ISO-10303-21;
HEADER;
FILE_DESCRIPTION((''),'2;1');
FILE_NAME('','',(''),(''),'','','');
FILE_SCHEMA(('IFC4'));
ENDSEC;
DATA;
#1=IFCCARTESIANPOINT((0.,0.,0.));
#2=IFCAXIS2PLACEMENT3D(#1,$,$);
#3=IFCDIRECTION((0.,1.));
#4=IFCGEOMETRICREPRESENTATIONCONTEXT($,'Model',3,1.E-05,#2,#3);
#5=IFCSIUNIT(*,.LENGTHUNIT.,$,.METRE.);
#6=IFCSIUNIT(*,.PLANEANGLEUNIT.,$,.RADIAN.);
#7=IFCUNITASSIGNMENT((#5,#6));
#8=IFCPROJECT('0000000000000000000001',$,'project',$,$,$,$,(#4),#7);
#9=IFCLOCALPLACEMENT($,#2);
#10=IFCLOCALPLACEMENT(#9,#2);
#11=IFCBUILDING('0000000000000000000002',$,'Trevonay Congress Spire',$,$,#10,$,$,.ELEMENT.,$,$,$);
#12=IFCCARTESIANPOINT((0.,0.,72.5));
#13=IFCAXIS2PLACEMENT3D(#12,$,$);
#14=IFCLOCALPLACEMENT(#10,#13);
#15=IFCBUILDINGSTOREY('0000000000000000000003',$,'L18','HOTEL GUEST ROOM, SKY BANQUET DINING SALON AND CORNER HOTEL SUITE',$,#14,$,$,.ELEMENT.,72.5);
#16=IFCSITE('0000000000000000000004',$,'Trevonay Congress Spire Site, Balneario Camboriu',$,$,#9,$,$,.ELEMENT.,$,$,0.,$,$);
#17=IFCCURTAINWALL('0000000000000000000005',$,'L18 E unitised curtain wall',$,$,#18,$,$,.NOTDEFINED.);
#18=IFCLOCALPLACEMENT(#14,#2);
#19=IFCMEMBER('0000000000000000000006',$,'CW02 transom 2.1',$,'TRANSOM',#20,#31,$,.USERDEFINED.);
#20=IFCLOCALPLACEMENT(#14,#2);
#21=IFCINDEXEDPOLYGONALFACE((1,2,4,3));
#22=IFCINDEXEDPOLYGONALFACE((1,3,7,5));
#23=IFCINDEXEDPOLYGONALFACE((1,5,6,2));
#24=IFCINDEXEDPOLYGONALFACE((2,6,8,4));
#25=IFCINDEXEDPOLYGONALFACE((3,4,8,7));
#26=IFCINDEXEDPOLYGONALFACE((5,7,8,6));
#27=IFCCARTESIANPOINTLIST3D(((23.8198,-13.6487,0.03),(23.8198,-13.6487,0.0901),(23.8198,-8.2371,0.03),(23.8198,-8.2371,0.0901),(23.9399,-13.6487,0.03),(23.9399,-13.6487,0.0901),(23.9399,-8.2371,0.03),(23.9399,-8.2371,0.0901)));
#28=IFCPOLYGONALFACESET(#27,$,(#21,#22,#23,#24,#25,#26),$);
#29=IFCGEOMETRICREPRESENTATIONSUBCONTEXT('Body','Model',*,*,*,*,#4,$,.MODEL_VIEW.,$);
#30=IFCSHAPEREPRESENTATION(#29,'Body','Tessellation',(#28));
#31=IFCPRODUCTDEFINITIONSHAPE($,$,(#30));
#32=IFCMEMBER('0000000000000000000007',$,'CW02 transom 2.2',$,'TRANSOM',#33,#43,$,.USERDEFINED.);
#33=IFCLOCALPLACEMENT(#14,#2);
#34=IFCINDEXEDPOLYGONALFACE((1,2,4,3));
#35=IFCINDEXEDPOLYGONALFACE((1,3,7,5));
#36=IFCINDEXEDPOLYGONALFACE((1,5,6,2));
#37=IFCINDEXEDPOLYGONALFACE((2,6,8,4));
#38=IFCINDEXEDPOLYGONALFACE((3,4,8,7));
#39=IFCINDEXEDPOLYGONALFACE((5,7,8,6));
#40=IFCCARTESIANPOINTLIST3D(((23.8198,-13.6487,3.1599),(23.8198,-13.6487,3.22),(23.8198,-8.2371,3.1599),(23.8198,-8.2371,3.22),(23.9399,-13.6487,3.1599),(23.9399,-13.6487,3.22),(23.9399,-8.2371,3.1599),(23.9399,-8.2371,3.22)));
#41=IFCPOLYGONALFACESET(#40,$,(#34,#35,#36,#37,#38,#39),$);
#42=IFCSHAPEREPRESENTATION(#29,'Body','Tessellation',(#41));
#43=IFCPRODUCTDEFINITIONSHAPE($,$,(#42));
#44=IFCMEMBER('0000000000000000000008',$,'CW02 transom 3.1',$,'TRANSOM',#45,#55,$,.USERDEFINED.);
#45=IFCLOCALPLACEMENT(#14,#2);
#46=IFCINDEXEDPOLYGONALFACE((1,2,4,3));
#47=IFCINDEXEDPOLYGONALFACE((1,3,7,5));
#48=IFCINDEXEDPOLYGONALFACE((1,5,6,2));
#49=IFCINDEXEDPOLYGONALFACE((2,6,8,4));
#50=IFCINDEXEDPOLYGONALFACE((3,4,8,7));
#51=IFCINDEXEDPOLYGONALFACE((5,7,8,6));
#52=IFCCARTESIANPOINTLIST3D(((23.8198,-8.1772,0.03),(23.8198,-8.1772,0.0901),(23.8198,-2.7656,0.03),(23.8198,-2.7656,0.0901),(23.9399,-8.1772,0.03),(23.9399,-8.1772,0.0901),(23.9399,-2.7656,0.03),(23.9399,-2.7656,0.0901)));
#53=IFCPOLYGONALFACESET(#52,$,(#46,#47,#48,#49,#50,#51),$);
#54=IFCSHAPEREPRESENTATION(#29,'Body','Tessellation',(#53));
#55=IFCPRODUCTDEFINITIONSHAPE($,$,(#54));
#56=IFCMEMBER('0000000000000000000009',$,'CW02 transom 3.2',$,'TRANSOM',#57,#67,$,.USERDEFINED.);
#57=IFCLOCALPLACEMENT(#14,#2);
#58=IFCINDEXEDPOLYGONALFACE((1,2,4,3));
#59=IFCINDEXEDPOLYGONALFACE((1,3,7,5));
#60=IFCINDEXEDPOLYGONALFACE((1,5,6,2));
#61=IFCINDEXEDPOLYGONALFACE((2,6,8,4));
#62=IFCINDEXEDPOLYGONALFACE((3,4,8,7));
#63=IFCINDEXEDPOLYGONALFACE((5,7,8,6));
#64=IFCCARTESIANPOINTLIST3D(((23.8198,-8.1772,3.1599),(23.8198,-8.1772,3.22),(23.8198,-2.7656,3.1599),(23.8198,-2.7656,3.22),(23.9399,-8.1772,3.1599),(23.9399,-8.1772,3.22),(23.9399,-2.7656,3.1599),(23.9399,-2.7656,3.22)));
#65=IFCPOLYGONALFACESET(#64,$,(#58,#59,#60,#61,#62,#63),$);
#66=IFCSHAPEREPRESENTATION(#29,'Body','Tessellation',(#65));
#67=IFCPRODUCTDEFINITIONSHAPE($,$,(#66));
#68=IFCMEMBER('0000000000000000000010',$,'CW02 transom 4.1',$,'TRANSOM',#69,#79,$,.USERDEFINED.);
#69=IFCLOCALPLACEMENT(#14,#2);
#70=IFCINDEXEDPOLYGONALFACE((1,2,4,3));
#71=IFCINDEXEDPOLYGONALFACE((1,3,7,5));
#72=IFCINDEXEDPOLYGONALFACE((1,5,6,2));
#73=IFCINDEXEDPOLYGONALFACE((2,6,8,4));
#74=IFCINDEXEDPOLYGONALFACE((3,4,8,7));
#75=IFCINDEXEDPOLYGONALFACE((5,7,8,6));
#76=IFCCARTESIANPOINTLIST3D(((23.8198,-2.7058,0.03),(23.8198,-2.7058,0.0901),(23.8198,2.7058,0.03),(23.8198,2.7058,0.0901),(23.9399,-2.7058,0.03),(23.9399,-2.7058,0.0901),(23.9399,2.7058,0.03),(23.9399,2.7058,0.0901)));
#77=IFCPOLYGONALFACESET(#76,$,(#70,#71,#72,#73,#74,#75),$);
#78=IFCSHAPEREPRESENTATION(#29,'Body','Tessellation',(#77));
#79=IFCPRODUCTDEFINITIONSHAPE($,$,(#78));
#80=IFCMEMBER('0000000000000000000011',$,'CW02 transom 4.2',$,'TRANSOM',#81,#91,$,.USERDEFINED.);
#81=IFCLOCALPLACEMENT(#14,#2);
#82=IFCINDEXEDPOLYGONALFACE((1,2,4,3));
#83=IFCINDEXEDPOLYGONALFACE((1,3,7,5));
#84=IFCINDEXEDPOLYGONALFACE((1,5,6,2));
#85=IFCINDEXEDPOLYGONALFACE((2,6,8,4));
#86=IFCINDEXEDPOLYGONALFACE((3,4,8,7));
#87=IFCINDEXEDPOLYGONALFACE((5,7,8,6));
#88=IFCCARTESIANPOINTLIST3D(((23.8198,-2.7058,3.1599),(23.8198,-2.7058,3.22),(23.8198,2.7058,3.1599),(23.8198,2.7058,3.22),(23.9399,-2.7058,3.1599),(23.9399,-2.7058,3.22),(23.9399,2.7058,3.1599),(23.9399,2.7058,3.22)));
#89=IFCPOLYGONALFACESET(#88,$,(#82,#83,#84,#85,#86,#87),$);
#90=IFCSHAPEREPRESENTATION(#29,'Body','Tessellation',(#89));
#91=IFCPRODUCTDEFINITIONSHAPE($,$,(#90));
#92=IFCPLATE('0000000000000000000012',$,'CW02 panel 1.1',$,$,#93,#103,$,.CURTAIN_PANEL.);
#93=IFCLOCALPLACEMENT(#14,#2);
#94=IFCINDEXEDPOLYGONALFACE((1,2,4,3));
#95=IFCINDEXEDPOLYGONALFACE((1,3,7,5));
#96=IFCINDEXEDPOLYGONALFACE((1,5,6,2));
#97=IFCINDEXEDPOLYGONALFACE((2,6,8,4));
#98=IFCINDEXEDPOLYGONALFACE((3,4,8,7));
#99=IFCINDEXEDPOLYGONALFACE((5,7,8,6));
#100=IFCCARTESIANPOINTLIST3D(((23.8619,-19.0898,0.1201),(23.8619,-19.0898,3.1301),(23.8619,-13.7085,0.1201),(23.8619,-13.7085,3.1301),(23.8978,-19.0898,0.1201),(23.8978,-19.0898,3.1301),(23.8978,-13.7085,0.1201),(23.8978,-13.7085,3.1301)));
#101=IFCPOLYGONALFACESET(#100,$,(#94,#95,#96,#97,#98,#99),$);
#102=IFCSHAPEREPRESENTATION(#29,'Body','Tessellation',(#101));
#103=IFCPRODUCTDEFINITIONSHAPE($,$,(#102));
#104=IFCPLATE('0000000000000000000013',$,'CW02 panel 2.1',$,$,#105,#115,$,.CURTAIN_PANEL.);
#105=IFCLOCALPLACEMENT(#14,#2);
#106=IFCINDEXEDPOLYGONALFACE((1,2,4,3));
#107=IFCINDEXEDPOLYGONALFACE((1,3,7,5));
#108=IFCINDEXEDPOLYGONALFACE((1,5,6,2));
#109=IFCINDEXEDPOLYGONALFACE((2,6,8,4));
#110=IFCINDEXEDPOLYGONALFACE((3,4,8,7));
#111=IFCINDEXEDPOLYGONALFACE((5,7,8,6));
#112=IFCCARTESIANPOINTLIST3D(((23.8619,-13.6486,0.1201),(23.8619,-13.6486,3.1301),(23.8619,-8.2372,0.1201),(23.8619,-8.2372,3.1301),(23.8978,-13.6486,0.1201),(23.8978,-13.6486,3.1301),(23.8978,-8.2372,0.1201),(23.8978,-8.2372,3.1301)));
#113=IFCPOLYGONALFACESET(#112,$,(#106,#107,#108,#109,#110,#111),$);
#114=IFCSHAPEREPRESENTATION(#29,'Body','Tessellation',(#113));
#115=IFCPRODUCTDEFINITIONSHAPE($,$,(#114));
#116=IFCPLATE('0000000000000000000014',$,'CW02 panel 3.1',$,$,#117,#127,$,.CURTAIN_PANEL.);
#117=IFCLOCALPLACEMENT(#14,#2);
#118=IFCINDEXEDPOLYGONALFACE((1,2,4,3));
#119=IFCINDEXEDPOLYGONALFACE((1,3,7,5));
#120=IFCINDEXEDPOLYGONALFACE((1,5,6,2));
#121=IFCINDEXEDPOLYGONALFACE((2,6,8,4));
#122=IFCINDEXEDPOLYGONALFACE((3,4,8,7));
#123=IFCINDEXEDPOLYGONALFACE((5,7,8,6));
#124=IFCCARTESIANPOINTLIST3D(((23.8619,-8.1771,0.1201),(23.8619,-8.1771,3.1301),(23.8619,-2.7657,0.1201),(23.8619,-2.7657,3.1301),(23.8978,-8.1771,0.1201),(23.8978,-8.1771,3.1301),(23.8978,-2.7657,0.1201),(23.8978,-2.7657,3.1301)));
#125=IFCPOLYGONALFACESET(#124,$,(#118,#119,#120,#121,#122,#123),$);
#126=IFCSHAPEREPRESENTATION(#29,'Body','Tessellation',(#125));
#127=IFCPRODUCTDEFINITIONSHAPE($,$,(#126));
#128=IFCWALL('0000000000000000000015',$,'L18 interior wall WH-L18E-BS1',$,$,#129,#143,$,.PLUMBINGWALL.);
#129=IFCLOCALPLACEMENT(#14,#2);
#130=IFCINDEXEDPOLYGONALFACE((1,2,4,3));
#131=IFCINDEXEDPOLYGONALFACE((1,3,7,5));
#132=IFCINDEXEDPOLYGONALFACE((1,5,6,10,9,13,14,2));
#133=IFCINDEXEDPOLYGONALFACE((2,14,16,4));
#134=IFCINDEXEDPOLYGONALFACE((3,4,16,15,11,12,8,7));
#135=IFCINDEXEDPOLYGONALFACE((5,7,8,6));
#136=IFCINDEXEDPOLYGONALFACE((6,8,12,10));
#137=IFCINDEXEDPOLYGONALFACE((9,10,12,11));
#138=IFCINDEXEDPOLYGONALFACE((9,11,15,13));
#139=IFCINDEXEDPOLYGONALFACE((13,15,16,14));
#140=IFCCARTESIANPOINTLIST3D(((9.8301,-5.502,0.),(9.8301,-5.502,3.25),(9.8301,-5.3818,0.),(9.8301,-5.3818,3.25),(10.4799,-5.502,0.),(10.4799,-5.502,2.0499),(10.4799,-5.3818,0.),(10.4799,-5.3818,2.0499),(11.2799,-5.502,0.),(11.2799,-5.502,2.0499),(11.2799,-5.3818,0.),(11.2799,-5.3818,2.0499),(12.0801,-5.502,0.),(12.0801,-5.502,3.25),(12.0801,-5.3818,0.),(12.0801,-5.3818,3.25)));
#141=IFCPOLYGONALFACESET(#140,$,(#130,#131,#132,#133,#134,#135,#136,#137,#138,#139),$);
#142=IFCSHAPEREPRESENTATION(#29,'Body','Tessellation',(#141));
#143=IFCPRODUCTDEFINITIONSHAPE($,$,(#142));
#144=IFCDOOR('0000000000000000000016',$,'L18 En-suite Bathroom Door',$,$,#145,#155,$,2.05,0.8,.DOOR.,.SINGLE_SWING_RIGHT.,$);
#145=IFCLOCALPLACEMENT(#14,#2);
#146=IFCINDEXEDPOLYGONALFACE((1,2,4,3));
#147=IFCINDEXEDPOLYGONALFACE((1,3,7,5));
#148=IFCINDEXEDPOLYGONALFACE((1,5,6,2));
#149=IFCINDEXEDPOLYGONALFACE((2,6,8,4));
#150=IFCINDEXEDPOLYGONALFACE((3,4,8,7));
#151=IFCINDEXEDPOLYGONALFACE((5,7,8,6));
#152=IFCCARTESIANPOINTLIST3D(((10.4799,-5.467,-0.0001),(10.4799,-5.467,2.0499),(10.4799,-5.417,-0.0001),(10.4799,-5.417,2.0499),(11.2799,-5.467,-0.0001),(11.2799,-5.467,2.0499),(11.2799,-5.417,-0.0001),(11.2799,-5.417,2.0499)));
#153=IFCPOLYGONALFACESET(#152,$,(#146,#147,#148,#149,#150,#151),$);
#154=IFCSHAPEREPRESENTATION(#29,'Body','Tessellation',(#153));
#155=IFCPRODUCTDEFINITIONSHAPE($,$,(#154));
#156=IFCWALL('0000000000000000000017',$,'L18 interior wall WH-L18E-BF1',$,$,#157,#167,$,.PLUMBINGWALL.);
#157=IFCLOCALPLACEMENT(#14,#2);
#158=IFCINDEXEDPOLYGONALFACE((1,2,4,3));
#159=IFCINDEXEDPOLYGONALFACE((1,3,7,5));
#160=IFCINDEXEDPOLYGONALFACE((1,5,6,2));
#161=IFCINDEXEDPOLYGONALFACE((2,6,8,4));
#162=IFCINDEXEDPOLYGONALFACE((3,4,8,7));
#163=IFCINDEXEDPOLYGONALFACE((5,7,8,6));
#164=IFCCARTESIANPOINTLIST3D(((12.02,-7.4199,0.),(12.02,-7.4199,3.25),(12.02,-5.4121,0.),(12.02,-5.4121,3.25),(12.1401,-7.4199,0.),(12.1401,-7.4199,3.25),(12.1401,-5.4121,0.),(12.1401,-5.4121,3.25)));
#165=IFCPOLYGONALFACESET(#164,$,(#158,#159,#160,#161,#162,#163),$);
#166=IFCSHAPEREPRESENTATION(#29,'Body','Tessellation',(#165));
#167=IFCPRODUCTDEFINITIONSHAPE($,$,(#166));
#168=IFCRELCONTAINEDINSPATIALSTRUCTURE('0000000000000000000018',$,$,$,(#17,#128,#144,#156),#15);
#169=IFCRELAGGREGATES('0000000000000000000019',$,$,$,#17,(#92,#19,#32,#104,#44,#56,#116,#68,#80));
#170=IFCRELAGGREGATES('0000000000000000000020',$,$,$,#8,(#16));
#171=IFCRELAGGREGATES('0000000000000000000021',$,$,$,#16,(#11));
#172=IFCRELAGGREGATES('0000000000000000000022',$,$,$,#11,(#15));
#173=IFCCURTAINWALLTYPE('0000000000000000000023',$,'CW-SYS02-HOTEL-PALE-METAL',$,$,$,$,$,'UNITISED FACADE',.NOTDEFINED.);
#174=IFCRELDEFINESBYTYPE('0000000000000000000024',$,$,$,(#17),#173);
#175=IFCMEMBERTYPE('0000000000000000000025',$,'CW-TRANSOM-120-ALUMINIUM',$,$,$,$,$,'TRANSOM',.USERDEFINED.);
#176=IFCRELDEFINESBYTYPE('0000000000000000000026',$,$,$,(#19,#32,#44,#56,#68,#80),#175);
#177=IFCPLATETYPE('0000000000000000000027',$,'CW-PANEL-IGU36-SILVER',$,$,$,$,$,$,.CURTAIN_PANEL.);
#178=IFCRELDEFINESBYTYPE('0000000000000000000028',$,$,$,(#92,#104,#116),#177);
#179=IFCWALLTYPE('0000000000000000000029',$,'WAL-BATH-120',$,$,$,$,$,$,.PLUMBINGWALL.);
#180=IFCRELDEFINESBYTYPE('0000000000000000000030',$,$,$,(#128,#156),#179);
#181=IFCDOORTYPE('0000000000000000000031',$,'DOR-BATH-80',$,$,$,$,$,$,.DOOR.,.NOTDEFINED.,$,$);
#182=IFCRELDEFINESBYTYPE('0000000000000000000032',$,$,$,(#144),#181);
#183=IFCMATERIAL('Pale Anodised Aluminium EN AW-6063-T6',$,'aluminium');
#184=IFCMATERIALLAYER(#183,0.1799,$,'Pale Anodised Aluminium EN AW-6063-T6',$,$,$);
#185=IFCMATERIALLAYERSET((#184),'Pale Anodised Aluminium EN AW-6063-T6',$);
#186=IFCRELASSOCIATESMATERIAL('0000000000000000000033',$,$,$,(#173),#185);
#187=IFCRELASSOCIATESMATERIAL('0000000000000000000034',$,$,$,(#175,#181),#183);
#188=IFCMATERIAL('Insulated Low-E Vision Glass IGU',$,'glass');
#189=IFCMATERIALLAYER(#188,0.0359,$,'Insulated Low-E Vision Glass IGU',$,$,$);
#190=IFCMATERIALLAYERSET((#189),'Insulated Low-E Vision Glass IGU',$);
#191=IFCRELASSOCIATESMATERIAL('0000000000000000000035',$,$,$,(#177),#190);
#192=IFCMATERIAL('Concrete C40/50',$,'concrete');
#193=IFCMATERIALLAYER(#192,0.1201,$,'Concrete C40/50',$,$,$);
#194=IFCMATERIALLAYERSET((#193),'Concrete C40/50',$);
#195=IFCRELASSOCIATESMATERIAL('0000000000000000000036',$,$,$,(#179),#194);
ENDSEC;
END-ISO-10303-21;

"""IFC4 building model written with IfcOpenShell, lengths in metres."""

from ifc_helpers import new_model, si_unit, direction, frame, frame_2d, origin, origin_2d, place, context, subcontext, project, spatial, rectangle, extrude, material, layer, layer_set, material_profile, profile_set, type_object, element, fill, aggregate, save


model = new_model("IFC4")

# Units and contexts
model_context = context("Model", 3, precision=1e-05, world=origin(), true_north=direction((0.0, 1.0)))
body_context = subcontext(model_context, "Body", "Model", "MODEL_VIEW")
ifc_project = project(units=[si_unit("LENGTHUNIT", "METRE"), si_unit("PLANEANGLEUNIT", "RADIAN")], contexts=[model_context])

# Site, building, storey
site_placement = place(None, origin())
site = spatial("IfcSite", under=ifc_project, at=site_placement, Name="Trevonay Congress Spire Site, Balneario Camboriu", CompositionType="ELEMENT", RefElevation=0.0)
building_placement = place(site_placement, origin())
building = spatial("IfcBuilding", under=site, at=building_placement, Name="Trevonay Congress Spire", CompositionType="ELEMENT")
storey_placement = place(building_placement, frame((0.0, 0.0, 72.5)))
storey = spatial("IfcBuildingStorey", under=building, at=storey_placement, Name="L18", Description="HOTEL GUEST ROOM, SKY BANQUET DINING SALON AND CORNER HOTEL SUITE", CompositionType="ELEMENT", Elevation=72.5)

# Curtain wall, members, plates
ifc_material_1 = material(Name="Pale Anodised Aluminium EN AW-6063-T6", Category="aluminium")
ifc_layer_1 = layer(ifc_material_1, 0.1799, Name="Pale Anodised Aluminium EN AW-6063-T6")
ifc_layer_set_1 = layer_set([ifc_layer_1], Name="Pale Anodised Aluminium EN AW-6063-T6")
curtain_wall_type = type_object("IfcCurtainWallType", Name="CW-SYS02-HOTEL-PALE-METAL", ElementType="UNITISED FACADE", PredefinedType="NOTDEFINED", material=ifc_layer_set_1)
curtain_wall_placement = place(storey_placement, origin())
curtain_wall = element("IfcCurtainWall", 1, at=curtain_wall_placement, inside=storey, type_object=curtain_wall_type, Name="L18 E unitised curtain wall", PredefinedType="NOTDEFINED")
ifc_material_profile_1 = material_profile(ifc_material_1, rectangle(XDim=0.1201, YDim=0.0601, at=origin_2d()), Name="CW-TRANSOM-120-ALUMINIUM")
ifc_profile_set_1 = profile_set([ifc_material_profile_1], Name="Pale Anodised Aluminium EN AW-6063-T6")
member_type_1 = type_object("IfcMemberType", Name="CW-TRANSOM-120-ALUMINIUM", ElementType="TRANSOM", PredefinedType="USERDEFINED", material=ifc_profile_set_1)
member_1_placement = place(storey_placement, frame((23.8799, -13.6487, 0.0601), z_axis=(0.0, 1.0, 0.0), x_axis=(-1.0, 0.0, 0.0)))
member_1 = element("IfcMember", 2, at=member_1_placement, type_object=member_type_1, Name="CW02 transom 2.1", ObjectType="TRANSOM", PredefinedType="USERDEFINED", context=body_context, shape_type="SweptSolid", body=[
    extrude(rectangle(XDim=0.1201, YDim=0.0601, at=origin_2d()), origin(), (0.0, 0.0, 1.0), 5.4116),
])
member_2_placement = place(storey_placement, frame((23.8799, -13.6487, 3.1899), z_axis=(0.0, 1.0, 0.0), x_axis=(-1.0, 0.0, 0.0)))
member_2 = element("IfcMember", 3, at=member_2_placement, type_object=member_type_1, Name="CW02 transom 2.2", ObjectType="TRANSOM", PredefinedType="USERDEFINED", context=body_context, shape_type="SweptSolid", body=[
    extrude(rectangle(XDim=0.1201, YDim=0.0601, at=origin_2d()), origin(), (0.0, 0.0, 1.0), 5.4116),
])
member_3_placement = place(storey_placement, frame((23.8799, -8.1772, 0.0601), z_axis=(0.0, 1.0, 0.0), x_axis=(-1.0, 0.0, 0.0)))
member_3 = element("IfcMember", 4, at=member_3_placement, type_object=member_type_1, Name="CW02 transom 3.1", ObjectType="TRANSOM", PredefinedType="USERDEFINED", context=body_context, shape_type="SweptSolid", body=[
    extrude(rectangle(XDim=0.1201, YDim=0.0601, at=origin_2d()), origin(), (0.0, 0.0, 1.0), 5.4116),
])
member_4_placement = place(storey_placement, frame((23.8799, -8.1772, 3.1899), z_axis=(0.0, 1.0, 0.0), x_axis=(-1.0, 0.0, 0.0)))
member_4 = element("IfcMember", 5, at=member_4_placement, type_object=member_type_1, Name="CW02 transom 3.2", ObjectType="TRANSOM", PredefinedType="USERDEFINED", context=body_context, shape_type="SweptSolid", body=[
    extrude(rectangle(XDim=0.1201, YDim=0.0601, at=origin_2d()), origin(), (0.0, 0.0, 1.0), 5.4116),
])
member_5_placement = place(storey_placement, frame((23.8799, -2.7058, 0.0601), z_axis=(0.0, 1.0, 0.0), x_axis=(-1.0, 0.0, 0.0)))
member_5 = element("IfcMember", 6, at=member_5_placement, type_object=member_type_1, Name="CW02 transom 4.1", ObjectType="TRANSOM", PredefinedType="USERDEFINED", context=body_context, shape_type="SweptSolid", body=[
    extrude(rectangle(XDim=0.1201, YDim=0.0601, at=origin_2d()), origin(), (0.0, 0.0, 1.0), 5.4116),
])
member_6_placement = place(storey_placement, frame((23.8799, -2.7058, 3.1899), z_axis=(0.0, 1.0, 0.0), x_axis=(-1.0, 0.0, 0.0)))
member_6 = element("IfcMember", 7, at=member_6_placement, type_object=member_type_1, Name="CW02 transom 4.2", ObjectType="TRANSOM", PredefinedType="USERDEFINED", context=body_context, shape_type="SweptSolid", body=[
    extrude(rectangle(XDim=0.1201, YDim=0.0601, at=origin_2d()), origin(), (0.0, 0.0, 1.0), 5.4116),
])
ifc_material_2 = material(Name="Insulated Low-E Vision Glass IGU", Category="glass")
ifc_layer_2 = layer(ifc_material_2, 0.0359, Name="Insulated Low-E Vision Glass IGU")
ifc_layer_set_2 = layer_set([ifc_layer_2], Name="Insulated Low-E Vision Glass IGU")
plate_type = type_object("IfcPlateType", Name="CW-PANEL-IGU36-SILVER", PredefinedType="CURTAIN_PANEL", material=ifc_layer_set_2)
plate_1_placement = place(storey_placement, frame((23.8799, -16.3992, 0.1201), z_axis=(0.0, 0.0, 1.0), x_axis=(0.0, 1.0, 0.0)))
plate_1 = element("IfcPlate", 8, at=plate_1_placement, type_object=plate_type, Name="CW02 panel 1.1", PredefinedType="CURTAIN_PANEL", context=body_context, shape_type="SweptSolid", body=[
    extrude(rectangle(XDim=5.3813, YDim=0.0359, at=origin_2d()), origin(), (0.0, 0.0, 1.0), 3.01),
])
plate_2_placement = place(storey_placement, frame((23.8799, -10.9429, 0.1201), z_axis=(0.0, 0.0, 1.0), x_axis=(0.0, 1.0, 0.0)))
plate_2 = element("IfcPlate", 9, at=plate_2_placement, type_object=plate_type, Name="CW02 panel 2.1", PredefinedType="CURTAIN_PANEL", context=body_context, shape_type="SweptSolid", body=[
    extrude(rectangle(XDim=5.4114, YDim=0.0359, at=origin_2d()), origin(), (0.0, 0.0, 1.0), 3.01),
])
plate_3_placement = place(storey_placement, frame((23.8799, -5.4714, 0.1201), z_axis=(0.0, 0.0, 1.0), x_axis=(0.0, 1.0, 0.0)))
plate_3 = element("IfcPlate", 10, at=plate_3_placement, type_object=plate_type, Name="CW02 panel 3.1", PredefinedType="CURTAIN_PANEL", context=body_context, shape_type="SweptSolid", body=[
    extrude(rectangle(XDim=5.4114, YDim=0.0359, at=origin_2d()), origin(), (0.0, 0.0, 1.0), 3.01),
])
aggregate(curtain_wall, [plate_1, member_1, member_2, plate_2, member_3, member_4, plate_3, member_5, member_6])

# Wall, opening, door
ifc_material_3 = material(Name="Concrete C40/50", Category="concrete")
ifc_layer_3 = layer(ifc_material_3, 0.1201, Name="Concrete C40/50")
ifc_layer_set_3 = layer_set([ifc_layer_3], Name="Concrete C40/50")
wall_type_1 = type_object("IfcWallType", Name="WAL-BATH-120", PredefinedType="PLUMBINGWALL", material=ifc_layer_set_3)
wall_1_placement = place(storey_placement, frame((9.8301, -5.4419, 0.0), z_axis=(0.0, 0.0, 1.0), x_axis=(1.0, 0.0, 0.0)))
wall_1 = element("IfcWall", 11, at=wall_1_placement, inside=storey, type_object=wall_type_1, Name="L18 interior wall WH-L18E-BS1", PredefinedType="PLUMBINGWALL", context=body_context, shape_type="SweptSolid", body=[
    extrude(rectangle(XDim=2.25, YDim=0.1201, at=frame_2d((1.125, 0.0))), origin(), (0.0, 0.0, 1.0), 3.25),
])
opening_1_placement = place(wall_1_placement, frame((0.6499, 0.0, 0.0)))
opening_1 = element("IfcOpeningElement", 12, at=opening_1_placement, cuts=wall_1, PredefinedType="OPENING", context=body_context, shape_type="SweptSolid", body=[
    extrude(rectangle(XDim=0.8, YDim=2.05, at=frame_2d((0.3999, 1.0249))), frame((0.0, 0.0701, 0.0), z_axis=(0.0, -1.0, 0.0), x_axis=(1.0, 0.0, 0.0)), (0.0, 0.0, 1.0), 0.1401),
])
door_type_1 = type_object("IfcDoorType", Name="DOR-BATH-80", OperationType="NOTDEFINED", PredefinedType="DOOR", material=ifc_material_1)
door_1_placement = place(opening_1_placement, origin())
door_1 = element("IfcDoor", 13, at=door_1_placement, inside=storey, type_object=door_type_1, Name="L18 En-suite Bathroom Door", OperationType="SINGLE_SWING_RIGHT", OverallHeight=2.05, OverallWidth=0.8, PredefinedType="DOOR", context=body_context, shape_type="SweptSolid", body=[
    extrude(rectangle(XDim=0.8, YDim=2.05, at=frame_2d((0.3999, 1.0249))), frame((0.0, 0.0249, 0.0), z_axis=(0.0, -1.0, 0.0), x_axis=(1.0, 0.0, 0.0)), (0.0, 0.0, 1.0), 0.05),
])
fill(opening_1, door_1)

# Wall
wall_2_placement = place(storey_placement, frame((12.0801, -7.4199, 0.0), z_axis=(0.0, 0.0, 1.0), x_axis=(0.0, 1.0, 0.0)))
element("IfcWall", 14, at=wall_2_placement, inside=storey, type_object=wall_type_1, Name="L18 interior wall WH-L18E-BF1", PredefinedType="PLUMBINGWALL", context=body_context, shape_type="SweptSolid", body=[
    extrude(rectangle(XDim=2.0078, YDim=0.1201, at=frame_2d((1.0039, 0.0))), origin(), (0.0, 0.0, 1.0), 3.25),
])

save(model, "model.ifc")
